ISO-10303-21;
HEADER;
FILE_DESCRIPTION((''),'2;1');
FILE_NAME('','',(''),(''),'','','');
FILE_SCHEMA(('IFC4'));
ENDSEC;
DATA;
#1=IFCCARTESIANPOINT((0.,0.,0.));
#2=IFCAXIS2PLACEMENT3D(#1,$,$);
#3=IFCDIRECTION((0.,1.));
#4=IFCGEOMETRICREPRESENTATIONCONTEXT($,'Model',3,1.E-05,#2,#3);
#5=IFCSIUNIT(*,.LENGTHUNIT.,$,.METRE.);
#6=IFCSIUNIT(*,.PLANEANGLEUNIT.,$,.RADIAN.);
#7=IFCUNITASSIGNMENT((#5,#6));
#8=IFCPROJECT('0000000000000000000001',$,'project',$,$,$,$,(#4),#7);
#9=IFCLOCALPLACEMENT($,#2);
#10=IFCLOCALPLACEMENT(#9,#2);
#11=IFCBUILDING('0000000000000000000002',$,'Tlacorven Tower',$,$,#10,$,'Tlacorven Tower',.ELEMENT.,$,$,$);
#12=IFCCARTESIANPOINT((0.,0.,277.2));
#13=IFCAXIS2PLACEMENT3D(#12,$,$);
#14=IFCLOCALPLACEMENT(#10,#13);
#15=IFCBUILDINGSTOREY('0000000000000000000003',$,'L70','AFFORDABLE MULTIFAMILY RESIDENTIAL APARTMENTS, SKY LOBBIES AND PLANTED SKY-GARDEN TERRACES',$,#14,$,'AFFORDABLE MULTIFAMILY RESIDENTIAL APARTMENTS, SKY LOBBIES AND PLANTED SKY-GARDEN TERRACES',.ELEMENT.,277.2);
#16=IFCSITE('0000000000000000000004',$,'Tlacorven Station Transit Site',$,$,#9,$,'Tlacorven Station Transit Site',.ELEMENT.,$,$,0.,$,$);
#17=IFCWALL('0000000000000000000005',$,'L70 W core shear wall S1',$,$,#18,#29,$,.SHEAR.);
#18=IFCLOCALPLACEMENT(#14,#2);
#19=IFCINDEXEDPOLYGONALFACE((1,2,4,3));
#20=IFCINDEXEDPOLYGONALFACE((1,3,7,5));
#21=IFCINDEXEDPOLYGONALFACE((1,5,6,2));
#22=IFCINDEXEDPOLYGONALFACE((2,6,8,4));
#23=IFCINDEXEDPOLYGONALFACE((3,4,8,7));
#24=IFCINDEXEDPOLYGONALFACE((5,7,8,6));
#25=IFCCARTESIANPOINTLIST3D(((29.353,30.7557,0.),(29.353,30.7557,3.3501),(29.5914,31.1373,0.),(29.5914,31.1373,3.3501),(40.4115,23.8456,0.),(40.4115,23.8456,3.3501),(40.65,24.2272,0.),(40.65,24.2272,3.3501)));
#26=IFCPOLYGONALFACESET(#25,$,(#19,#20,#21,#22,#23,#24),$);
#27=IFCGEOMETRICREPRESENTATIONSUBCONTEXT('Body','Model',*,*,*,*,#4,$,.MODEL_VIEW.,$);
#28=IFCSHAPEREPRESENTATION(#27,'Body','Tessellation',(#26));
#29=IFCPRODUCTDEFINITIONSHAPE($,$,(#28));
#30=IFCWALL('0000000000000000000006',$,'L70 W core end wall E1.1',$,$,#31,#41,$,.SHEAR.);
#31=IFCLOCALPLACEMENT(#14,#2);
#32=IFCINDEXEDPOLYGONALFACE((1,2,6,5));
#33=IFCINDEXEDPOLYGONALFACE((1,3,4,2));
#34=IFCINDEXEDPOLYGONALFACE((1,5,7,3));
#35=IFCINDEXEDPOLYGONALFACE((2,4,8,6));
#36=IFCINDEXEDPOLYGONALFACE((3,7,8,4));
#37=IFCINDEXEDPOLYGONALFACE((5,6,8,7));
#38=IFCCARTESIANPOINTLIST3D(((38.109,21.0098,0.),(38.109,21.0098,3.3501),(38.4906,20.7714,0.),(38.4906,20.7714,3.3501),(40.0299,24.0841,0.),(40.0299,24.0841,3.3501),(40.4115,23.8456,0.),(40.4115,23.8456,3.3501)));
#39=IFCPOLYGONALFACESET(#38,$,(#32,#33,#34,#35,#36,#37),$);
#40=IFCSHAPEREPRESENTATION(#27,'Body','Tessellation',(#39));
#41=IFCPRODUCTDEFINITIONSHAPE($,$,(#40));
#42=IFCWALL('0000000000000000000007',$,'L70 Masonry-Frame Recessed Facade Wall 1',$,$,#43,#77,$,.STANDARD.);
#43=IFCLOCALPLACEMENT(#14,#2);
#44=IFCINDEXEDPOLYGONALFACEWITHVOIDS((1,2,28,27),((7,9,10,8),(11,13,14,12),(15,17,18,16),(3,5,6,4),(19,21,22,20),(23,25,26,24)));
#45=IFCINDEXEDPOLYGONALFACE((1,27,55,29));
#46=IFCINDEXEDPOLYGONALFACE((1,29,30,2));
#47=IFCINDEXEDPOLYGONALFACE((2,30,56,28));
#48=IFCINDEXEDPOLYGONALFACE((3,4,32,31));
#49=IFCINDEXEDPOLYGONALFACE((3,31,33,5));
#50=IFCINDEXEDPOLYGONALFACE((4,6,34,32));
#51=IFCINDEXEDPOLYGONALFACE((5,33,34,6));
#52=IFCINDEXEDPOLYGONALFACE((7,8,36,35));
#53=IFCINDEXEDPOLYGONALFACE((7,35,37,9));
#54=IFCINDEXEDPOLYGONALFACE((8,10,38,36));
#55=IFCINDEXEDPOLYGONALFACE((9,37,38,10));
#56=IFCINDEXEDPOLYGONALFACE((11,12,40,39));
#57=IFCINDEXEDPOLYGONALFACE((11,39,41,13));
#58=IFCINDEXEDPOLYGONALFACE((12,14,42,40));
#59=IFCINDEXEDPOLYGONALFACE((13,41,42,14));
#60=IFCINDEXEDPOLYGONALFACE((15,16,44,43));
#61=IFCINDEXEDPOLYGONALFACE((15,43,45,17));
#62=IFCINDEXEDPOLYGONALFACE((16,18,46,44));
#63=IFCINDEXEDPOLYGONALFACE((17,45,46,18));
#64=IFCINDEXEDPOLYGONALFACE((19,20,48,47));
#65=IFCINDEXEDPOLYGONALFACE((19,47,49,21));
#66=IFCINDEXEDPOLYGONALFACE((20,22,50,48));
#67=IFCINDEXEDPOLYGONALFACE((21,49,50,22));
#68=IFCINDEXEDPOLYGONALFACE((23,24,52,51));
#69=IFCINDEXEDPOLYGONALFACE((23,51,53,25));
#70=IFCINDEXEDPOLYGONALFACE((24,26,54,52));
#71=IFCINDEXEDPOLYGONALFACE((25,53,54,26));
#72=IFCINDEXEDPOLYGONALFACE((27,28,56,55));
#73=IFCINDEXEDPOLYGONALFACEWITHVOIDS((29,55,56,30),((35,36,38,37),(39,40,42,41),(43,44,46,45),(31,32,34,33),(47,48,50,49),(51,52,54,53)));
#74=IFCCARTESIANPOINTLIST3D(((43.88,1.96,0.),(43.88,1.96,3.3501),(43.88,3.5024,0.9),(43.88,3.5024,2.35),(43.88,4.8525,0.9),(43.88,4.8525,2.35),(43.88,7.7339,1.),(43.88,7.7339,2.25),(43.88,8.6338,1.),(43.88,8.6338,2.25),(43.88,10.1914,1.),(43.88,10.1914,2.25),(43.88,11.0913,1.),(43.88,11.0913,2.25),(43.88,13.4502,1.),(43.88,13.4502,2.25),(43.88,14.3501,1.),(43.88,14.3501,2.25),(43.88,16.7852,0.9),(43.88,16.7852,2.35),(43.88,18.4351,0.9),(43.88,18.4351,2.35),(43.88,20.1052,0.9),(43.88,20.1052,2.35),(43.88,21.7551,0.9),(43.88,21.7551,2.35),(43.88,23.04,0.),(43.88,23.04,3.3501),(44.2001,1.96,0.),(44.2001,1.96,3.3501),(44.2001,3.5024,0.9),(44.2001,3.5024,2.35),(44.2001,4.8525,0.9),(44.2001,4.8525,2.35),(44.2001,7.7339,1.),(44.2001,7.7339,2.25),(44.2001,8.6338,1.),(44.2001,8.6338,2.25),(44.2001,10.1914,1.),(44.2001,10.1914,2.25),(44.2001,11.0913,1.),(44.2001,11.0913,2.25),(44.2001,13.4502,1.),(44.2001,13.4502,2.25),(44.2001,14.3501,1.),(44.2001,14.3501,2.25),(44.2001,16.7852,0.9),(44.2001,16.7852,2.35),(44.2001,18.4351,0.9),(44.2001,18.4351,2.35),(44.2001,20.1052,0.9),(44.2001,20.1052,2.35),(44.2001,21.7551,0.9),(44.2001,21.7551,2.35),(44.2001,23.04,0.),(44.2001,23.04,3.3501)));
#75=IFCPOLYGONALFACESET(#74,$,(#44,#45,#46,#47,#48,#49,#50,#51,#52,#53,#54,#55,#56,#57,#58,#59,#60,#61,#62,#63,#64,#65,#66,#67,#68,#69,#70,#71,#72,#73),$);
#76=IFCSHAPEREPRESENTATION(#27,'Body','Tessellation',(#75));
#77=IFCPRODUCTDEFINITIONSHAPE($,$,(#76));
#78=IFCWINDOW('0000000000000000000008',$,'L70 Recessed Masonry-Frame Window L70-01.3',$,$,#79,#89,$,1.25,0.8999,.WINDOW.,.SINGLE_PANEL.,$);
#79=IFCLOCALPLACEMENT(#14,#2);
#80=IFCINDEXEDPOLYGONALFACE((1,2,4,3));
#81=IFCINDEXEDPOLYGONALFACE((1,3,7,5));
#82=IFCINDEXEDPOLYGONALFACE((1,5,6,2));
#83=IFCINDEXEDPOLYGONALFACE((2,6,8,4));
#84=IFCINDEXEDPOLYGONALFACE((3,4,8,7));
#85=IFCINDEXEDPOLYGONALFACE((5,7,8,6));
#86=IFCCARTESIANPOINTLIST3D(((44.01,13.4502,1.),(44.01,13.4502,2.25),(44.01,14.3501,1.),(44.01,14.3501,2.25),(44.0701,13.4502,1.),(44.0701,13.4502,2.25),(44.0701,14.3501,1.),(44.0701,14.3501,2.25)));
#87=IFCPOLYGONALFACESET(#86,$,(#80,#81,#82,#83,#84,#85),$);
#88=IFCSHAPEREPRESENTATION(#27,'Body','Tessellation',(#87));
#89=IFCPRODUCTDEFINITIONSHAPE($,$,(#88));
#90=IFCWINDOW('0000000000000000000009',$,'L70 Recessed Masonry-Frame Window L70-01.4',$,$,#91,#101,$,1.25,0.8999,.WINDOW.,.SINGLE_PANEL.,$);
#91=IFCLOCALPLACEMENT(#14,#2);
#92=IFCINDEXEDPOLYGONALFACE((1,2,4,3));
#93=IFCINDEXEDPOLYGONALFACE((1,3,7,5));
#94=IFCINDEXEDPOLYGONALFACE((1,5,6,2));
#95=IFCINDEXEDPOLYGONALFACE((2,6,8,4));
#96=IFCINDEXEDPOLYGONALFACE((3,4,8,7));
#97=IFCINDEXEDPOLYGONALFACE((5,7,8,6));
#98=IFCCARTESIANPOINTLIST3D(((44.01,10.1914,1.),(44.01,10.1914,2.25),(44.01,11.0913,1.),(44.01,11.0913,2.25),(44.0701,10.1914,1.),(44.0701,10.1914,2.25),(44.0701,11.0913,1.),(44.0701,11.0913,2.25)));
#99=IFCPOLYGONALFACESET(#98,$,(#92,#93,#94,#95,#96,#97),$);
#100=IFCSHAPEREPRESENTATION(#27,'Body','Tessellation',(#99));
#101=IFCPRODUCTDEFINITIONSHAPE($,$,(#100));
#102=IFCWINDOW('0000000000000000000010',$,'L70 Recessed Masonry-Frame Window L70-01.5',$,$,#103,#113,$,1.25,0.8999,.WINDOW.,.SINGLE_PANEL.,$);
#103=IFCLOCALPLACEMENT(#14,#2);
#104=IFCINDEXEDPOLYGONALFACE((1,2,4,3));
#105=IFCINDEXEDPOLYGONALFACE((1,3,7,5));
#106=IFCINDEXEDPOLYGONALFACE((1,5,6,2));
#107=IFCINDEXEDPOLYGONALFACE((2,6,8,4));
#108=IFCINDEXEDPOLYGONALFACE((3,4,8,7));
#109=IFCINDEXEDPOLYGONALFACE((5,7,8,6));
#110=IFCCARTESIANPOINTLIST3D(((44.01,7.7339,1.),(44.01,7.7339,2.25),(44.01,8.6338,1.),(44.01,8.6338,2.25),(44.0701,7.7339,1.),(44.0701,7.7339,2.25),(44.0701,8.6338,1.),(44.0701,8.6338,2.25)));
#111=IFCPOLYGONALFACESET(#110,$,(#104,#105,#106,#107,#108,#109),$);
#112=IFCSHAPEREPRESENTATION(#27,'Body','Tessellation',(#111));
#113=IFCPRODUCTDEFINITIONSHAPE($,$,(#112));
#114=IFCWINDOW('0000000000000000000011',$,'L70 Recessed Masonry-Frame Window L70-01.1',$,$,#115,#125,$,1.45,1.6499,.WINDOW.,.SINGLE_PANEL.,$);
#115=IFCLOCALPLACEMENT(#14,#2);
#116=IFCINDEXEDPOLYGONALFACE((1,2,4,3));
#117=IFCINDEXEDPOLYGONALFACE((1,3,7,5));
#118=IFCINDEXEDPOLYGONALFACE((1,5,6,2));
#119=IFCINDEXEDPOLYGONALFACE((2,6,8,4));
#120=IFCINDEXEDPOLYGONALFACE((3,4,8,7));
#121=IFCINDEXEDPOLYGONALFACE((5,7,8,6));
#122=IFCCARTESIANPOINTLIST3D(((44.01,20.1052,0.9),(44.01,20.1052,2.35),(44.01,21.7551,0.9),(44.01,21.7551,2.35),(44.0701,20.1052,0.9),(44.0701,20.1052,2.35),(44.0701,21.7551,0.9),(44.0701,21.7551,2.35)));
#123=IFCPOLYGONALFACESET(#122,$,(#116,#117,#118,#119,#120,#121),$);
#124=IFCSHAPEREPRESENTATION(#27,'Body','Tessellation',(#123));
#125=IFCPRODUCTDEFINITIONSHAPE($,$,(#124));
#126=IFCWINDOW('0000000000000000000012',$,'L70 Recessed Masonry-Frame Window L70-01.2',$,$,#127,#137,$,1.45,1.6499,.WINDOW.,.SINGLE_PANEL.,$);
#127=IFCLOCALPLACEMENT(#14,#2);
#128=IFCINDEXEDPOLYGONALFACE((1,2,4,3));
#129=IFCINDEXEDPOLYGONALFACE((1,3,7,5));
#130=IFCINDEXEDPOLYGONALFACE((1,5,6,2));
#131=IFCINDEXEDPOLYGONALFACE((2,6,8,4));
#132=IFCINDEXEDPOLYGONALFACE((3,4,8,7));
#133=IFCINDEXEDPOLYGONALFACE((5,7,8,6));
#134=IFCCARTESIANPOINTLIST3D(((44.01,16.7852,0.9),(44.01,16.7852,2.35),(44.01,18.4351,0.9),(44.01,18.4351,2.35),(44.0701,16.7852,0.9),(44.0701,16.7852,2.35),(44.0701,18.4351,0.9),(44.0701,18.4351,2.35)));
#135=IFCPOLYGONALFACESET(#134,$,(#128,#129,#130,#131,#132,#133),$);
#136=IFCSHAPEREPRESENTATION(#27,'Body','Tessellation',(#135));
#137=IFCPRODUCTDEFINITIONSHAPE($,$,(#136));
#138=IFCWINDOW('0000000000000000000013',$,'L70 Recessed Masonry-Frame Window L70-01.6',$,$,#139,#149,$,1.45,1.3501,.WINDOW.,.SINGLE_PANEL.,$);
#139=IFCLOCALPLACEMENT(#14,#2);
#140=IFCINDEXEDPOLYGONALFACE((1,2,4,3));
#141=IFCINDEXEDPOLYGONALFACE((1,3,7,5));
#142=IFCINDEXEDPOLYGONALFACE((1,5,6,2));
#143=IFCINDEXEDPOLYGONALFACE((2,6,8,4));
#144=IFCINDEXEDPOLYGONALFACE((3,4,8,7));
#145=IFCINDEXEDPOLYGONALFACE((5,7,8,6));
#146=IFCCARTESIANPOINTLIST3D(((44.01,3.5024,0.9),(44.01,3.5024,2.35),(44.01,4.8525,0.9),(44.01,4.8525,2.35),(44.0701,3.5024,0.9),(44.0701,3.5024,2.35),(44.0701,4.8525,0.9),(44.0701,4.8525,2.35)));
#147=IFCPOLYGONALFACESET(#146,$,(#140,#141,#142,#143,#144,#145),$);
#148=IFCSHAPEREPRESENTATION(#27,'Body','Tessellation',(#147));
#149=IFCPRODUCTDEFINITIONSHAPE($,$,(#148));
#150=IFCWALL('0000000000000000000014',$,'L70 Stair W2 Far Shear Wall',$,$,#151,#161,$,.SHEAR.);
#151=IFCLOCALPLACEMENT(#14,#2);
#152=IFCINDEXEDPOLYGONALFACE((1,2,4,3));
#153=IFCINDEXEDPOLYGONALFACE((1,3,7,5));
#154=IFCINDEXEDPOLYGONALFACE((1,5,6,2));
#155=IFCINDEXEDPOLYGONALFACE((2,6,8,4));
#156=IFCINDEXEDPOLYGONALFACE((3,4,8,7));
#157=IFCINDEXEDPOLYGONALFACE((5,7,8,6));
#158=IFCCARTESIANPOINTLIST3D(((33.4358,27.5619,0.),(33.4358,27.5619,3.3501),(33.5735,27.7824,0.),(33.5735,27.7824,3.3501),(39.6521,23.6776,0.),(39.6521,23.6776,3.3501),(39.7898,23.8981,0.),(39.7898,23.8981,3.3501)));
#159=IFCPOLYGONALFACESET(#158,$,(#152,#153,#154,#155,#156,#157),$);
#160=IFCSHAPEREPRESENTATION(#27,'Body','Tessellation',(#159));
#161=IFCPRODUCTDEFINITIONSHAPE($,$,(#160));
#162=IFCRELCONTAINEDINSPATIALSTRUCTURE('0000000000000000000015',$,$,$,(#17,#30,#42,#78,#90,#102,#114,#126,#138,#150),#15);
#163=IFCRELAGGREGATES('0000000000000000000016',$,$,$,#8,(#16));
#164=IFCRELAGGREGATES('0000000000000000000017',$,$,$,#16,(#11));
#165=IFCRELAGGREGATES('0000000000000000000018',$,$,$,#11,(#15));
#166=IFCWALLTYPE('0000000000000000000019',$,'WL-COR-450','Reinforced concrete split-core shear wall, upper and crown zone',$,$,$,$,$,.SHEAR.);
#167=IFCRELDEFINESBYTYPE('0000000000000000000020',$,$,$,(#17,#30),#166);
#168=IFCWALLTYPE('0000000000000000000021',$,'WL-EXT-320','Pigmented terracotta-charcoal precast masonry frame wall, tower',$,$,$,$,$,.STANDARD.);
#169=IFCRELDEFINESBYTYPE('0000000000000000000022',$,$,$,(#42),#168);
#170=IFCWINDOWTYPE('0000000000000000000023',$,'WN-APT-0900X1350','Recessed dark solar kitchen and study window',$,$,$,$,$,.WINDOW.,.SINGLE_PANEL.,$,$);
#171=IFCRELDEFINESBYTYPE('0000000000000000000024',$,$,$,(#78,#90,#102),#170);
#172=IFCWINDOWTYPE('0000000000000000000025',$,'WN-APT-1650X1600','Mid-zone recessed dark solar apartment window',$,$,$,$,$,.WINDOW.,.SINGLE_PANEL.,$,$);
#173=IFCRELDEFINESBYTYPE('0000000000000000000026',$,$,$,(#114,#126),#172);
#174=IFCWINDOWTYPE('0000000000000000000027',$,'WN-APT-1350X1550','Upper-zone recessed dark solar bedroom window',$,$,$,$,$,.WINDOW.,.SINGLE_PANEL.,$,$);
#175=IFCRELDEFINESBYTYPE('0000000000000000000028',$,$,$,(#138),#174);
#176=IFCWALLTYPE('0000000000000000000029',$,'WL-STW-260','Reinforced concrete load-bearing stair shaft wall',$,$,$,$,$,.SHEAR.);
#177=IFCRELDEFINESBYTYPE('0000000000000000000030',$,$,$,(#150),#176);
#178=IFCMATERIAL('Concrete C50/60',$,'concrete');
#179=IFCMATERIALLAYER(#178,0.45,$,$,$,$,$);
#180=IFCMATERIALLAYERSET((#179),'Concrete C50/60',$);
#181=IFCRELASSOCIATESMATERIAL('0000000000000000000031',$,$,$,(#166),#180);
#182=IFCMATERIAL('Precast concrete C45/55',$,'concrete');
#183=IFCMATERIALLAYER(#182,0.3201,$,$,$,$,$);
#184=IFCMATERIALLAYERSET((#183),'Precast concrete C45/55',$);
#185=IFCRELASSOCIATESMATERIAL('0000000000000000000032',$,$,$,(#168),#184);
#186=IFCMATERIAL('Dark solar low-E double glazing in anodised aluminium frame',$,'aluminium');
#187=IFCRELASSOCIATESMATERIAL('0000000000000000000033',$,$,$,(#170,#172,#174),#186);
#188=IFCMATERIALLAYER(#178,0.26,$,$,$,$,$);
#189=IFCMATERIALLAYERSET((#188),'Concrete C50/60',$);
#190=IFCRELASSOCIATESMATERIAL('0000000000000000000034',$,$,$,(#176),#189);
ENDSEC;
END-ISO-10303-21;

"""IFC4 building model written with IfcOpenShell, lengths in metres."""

from ifc_helpers import new_model, si_unit, direction, frame, frame_2d, origin, place, context, subcontext, project, spatial, rectangle, extrude, source, transform, mapped, material, layer, layer_set, type_object, element, fill, save


model = new_model("IFC4")

# Units and contexts
model_context = context("Model", 3, precision=1e-05, world=origin(), true_north=direction((0.0, 1.0)))
body_context = subcontext(model_context, "Body", "Model", "MODEL_VIEW")
ifc_project = project(units=[si_unit("LENGTHUNIT", "METRE"), si_unit("PLANEANGLEUNIT", "RADIAN")], contexts=[model_context])

# Site, building, storey
site_placement = place(None, origin())
site = spatial("IfcSite", under=ifc_project, at=site_placement, Name="Tlacorven Station Transit Site", LongName="Tlacorven Station Transit Site", CompositionType="ELEMENT", RefElevation=0.0)
building_placement = place(site_placement, origin())
building = spatial("IfcBuilding", under=site, at=building_placement, Name="Tlacorven Tower", LongName="Tlacorven Tower", CompositionType="ELEMENT")
storey_placement = place(building_placement, frame((0.0, 0.0, 277.2)))
storey = spatial("IfcBuildingStorey", under=building, at=storey_placement, Name="L70", Description="AFFORDABLE MULTIFAMILY RESIDENTIAL APARTMENTS, SKY LOBBIES AND PLANTED SKY-GARDEN TERRACES", LongName="AFFORDABLE MULTIFAMILY RESIDENTIAL APARTMENTS, SKY LOBBIES AND PLANTED SKY-GARDEN TERRACES", CompositionType="ELEMENT", Elevation=277.2)

# Walls
ifc_material_1 = material(Name="Concrete C50/60", Category="concrete")
ifc_layer_1 = layer(ifc_material_1, 0.45)
ifc_layer_set_1 = layer_set([ifc_layer_1], Name="Concrete C50/60")
wall_type_1 = type_object("IfcWallType", Name="WL-COR-450", Description="Reinforced concrete split-core shear wall, upper and crown zone", PredefinedType="SHEAR", material=ifc_layer_set_1)
wall_1_placement = place(storey_placement, frame((40.5308, 24.0364, 0.0), z_axis=(0.0, 0.0, 1.0), x_axis=(-0.848049, 0.529918, 0.0)))
element("IfcWall", 1, at=wall_1_placement, inside=storey, type_object=wall_type_1, Name="L70 W core shear wall S1", PredefinedType="SHEAR", context=body_context, shape_type="SweptSolid", body=[
    extrude(rectangle(XDim=13.04, YDim=0.45, at=frame_2d((6.52, 0.0))), origin(), (0.0, 0.0, 1.0), 3.3501),
])
wall_2_placement = place(storey_placement, frame((40.2207, 23.9648, 0.0), z_axis=(0.0, 0.0, 1.0), x_axis=(-0.529902, -0.848059, 0.0)))
element("IfcWall", 2, at=wall_2_placement, inside=storey, type_object=wall_type_1, Name="L70 W core end wall E1.1", PredefinedType="SHEAR", context=body_context, shape_type="SweptSolid", body=[
    extrude(rectangle(XDim=3.625, YDim=0.45, at=frame_2d((1.8125, 0.0))), origin(), (0.0, 0.0, 1.0), 3.3501),
])

# Wall, openings, windows
ifc_material_2 = material(Name="Precast concrete C45/55", Category="concrete")
ifc_layer_2 = layer(ifc_material_2, 0.3201)
ifc_layer_set_2 = layer_set([ifc_layer_2], Name="Precast concrete C45/55")
wall_type_2 = type_object("IfcWallType", Name="WL-EXT-320", Description="Pigmented terracotta-charcoal precast masonry frame wall, tower", PredefinedType="STANDARD", material=ifc_layer_set_2)
wall_3_placement = place(storey_placement, frame((44.04, 23.04, 0.0), z_axis=(0.0, 0.0, 1.0), x_axis=(0.0, -1.0, 0.0)))
wall_3 = element("IfcWall", 3, at=wall_3_placement, inside=storey, type_object=wall_type_2, Name="L70 Masonry-Frame Recessed Facade Wall 1", PredefinedType="STANDARD", context=body_context, shape_type="SweptSolid", body=[
    extrude(rectangle(XDim=21.0801, YDim=0.3201, at=frame_2d((10.54, 0.0))), origin(), (0.0, 0.0, 1.0), 3.3501),
])
opening_1_placement = place(wall_3_placement, frame((1.2849, 0.0, 0.8999)))
opening_1 = element("IfcOpeningElement", 4, at=opening_1_placement, cuts=wall_3, PredefinedType="OPENING", context=body_context, shape_type="SweptSolid", body=[
    extrude(rectangle(XDim=1.6499, YDim=1.45, at=frame_2d((0.825, 0.7251))), frame((0.0, 0.1699, 0.0), z_axis=(0.0, -1.0, 0.0), x_axis=(1.0, 0.0, 0.0)), (0.0, 0.0, 1.0), 0.3401),
])
opening_2_placement = place(wall_3_placement, frame((4.605, 0.0, 0.8999)))
opening_2 = element("IfcOpeningElement", 5, at=opening_2_placement, cuts=wall_3, PredefinedType="OPENING", context=body_context, shape_type="SweptSolid", body=[
    extrude(rectangle(XDim=1.6499, YDim=1.45, at=frame_2d((0.825, 0.7251))), frame((0.0, 0.1699, 0.0), z_axis=(0.0, -1.0, 0.0), x_axis=(1.0, 0.0, 0.0)), (0.0, 0.0, 1.0), 0.3401),
])
opening_3_placement = place(wall_3_placement, frame((8.6899, 0.0, 1.0)))
opening_3 = element("IfcOpeningElement", 6, at=opening_3_placement, cuts=wall_3, PredefinedType="OPENING", context=body_context, shape_type="SweptSolid", body=[
    extrude(rectangle(XDim=0.8999, YDim=1.25, at=frame_2d((0.45, 0.625))), frame((0.0, 0.1699, 0.0), z_axis=(0.0, -1.0, 0.0), x_axis=(1.0, 0.0, 0.0)), (0.0, 0.0, 1.0), 0.3401),
])
opening_4_placement = place(wall_3_placement, frame((11.9487, 0.0, 1.0)))
opening_4 = element("IfcOpeningElement", 7, at=opening_4_placement, cuts=wall_3, PredefinedType="OPENING", context=body_context, shape_type="SweptSolid", body=[
    extrude(rectangle(XDim=0.8999, YDim=1.25, at=frame_2d((0.45, 0.625))), frame((0.0, 0.1699, 0.0), z_axis=(0.0, -1.0, 0.0), x_axis=(1.0, 0.0, 0.0)), (0.0, 0.0, 1.0), 0.3401),
])
opening_5_placement = place(wall_3_placement, frame((14.4062, 0.0, 1.0)))
opening_5 = element("IfcOpeningElement", 8, at=opening_5_placement, cuts=wall_3, PredefinedType="OPENING", context=body_context, shape_type="SweptSolid", body=[
    extrude(rectangle(XDim=0.8999, YDim=1.25, at=frame_2d((0.45, 0.625))), frame((0.0, 0.1699, 0.0), z_axis=(0.0, -1.0, 0.0), x_axis=(1.0, 0.0, 0.0)), (0.0, 0.0, 1.0), 0.3401),
])
opening_6_placement = place(wall_3_placement, frame((18.1875, 0.0, 0.8999)))
opening_6 = element("IfcOpeningElement", 9, at=opening_6_placement, cuts=wall_3, PredefinedType="OPENING", context=body_context, shape_type="SweptSolid", body=[
    extrude(rectangle(XDim=1.3501, YDim=1.45, at=frame_2d((0.675, 0.7251))), frame((0.0, 0.1699, 0.0), z_axis=(0.0, -1.0, 0.0), x_axis=(1.0, 0.0, 0.0)), (0.0, 0.0, 1.0), 0.3401),
])
ifc_material_3 = material(Name="Dark solar low-E double glazing in anodised aluminium frame", Category="aluminium")
window_type_1 = type_object("IfcWindowType", Name="WN-APT-0900X1350", Description="Recessed dark solar kitchen and study window", PartitioningType="SINGLE_PANEL", PredefinedType="WINDOW", material=ifc_material_3)
shared_shape_1 = source(origin(), body_context, "Body", "SweptSolid", [
    extrude(rectangle(XDim=0.8999, YDim=1.25, at=frame_2d((0.45, 0.625))), frame((0.0, 0.03, 0.0), z_axis=(0.0, -1.0, 0.0), x_axis=(1.0, 0.0, 0.0)), (0.0, 0.0, 1.0), 0.0601),
])
window_1_placement = place(opening_3_placement, origin())
window_1 = element("IfcWindow", 10, at=window_1_placement, inside=storey, type_object=window_type_1, Name="L70 Recessed Masonry-Frame Window L70-01.3", OverallHeight=1.25, OverallWidth=0.8999, PartitioningType="SINGLE_PANEL", PredefinedType="WINDOW", context=body_context, shape_type="MappedRepresentation", body=[
    mapped(shared_shape_1, transform((0.0, 0.0, 0.0), scale=1.0)),
])
fill(opening_3, window_1)
window_2_placement = place(opening_4_placement, origin())
window_2 = element("IfcWindow", 11, at=window_2_placement, inside=storey, type_object=window_type_1, Name="L70 Recessed Masonry-Frame Window L70-01.4", OverallHeight=1.25, OverallWidth=0.8999, PartitioningType="SINGLE_PANEL", PredefinedType="WINDOW", context=body_context, shape_type="MappedRepresentation", body=[
    mapped(shared_shape_1, transform((0.0, 0.0, 0.0), scale=1.0)),
])
fill(opening_4, window_2)
window_3_placement = place(opening_5_placement, origin())
window_3 = element("IfcWindow", 12, at=window_3_placement, inside=storey, type_object=window_type_1, Name="L70 Recessed Masonry-Frame Window L70-01.5", OverallHeight=1.25, OverallWidth=0.8999, PartitioningType="SINGLE_PANEL", PredefinedType="WINDOW", context=body_context, shape_type="MappedRepresentation", body=[
    mapped(shared_shape_1, transform((0.0, 0.0, 0.0), scale=1.0)),
])
fill(opening_5, window_3)
window_type_2 = type_object("IfcWindowType", Name="WN-APT-1650X1600", Description="Mid-zone recessed dark solar apartment window", PartitioningType="SINGLE_PANEL", PredefinedType="WINDOW", material=ifc_material_3)
shared_shape_2 = source(origin(), body_context, "Body", "SweptSolid", [
    extrude(rectangle(XDim=1.6499, YDim=1.45, at=frame_2d((0.825, 0.7251))), frame((0.0, 0.03, 0.0), z_axis=(0.0, -1.0, 0.0), x_axis=(1.0, 0.0, 0.0)), (0.0, 0.0, 1.0), 0.0601),
])
window_4_placement = place(opening_1_placement, origin())
window_4 = element("IfcWindow", 13, at=window_4_placement, inside=storey, type_object=window_type_2, Name="L70 Recessed Masonry-Frame Window L70-01.1", OverallHeight=1.45, OverallWidth=1.6499, PartitioningType="SINGLE_PANEL", PredefinedType="WINDOW", context=body_context, shape_type="MappedRepresentation", body=[
    mapped(shared_shape_2, transform((0.0, 0.0, 0.0), scale=1.0)),
])
fill(opening_1, window_4)
window_5_placement = place(opening_2_placement, origin())
window_5 = element("IfcWindow", 14, at=window_5_placement, inside=storey, type_object=window_type_2, Name="L70 Recessed Masonry-Frame Window L70-01.2", OverallHeight=1.45, OverallWidth=1.6499, PartitioningType="SINGLE_PANEL", PredefinedType="WINDOW", context=body_context, shape_type="MappedRepresentation", body=[
    mapped(shared_shape_2, transform((0.0, 0.0, 0.0), scale=1.0)),
])
fill(opening_2, window_5)
window_type_3 = type_object("IfcWindowType", Name="WN-APT-1350X1550", Description="Upper-zone recessed dark solar bedroom window", PartitioningType="SINGLE_PANEL", PredefinedType="WINDOW", material=ifc_material_3)
shared_shape_3 = source(origin(), body_context, "Body", "SweptSolid", [
    extrude(rectangle(XDim=1.3501, YDim=1.45, at=frame_2d((0.675, 0.7251))), frame((0.0, 0.03, 0.0), z_axis=(0.0, -1.0, 0.0), x_axis=(1.0, 0.0, 0.0)), (0.0, 0.0, 1.0), 0.0601),
])
window_6_placement = place(opening_6_placement, origin())
window_6 = element("IfcWindow", 15, at=window_6_placement, inside=storey, type_object=window_type_3, Name="L70 Recessed Masonry-Frame Window L70-01.6", OverallHeight=1.45, OverallWidth=1.3501, PartitioningType="SINGLE_PANEL", PredefinedType="WINDOW", context=body_context, shape_type="MappedRepresentation", body=[
    mapped(shared_shape_3, transform((0.0, 0.0, 0.0), scale=1.0)),
])
fill(opening_6, window_6)

# Wall
ifc_layer_3 = layer(ifc_material_1, 0.26)
ifc_layer_set_3 = layer_set([ifc_layer_3], Name="Concrete C50/60")
wall_type_3 = type_object("IfcWallType", Name="WL-STW-260", Description="Reinforced concrete load-bearing stair shaft wall", PredefinedType="SHEAR", material=ifc_layer_set_3)
wall_4_placement = place(storey_placement, frame((39.7209, 23.7878, 0.0), z_axis=(0.0, 0.0, 1.0), x_axis=(-0.848054, 0.529909, 0.0)))
element("IfcWall", 16, at=wall_4_placement, inside=storey, type_object=wall_type_3, Name="L70 Stair W2 Far Shear Wall", PredefinedType="SHEAR", context=body_context, shape_type="SweptSolid", body=[
    extrude(rectangle(XDim=7.3301, YDim=0.26, at=frame_2d((3.665, 0.0))), origin(), (0.0, 0.0, 1.0), 3.3501),
])

save(model, "model.ifc")
